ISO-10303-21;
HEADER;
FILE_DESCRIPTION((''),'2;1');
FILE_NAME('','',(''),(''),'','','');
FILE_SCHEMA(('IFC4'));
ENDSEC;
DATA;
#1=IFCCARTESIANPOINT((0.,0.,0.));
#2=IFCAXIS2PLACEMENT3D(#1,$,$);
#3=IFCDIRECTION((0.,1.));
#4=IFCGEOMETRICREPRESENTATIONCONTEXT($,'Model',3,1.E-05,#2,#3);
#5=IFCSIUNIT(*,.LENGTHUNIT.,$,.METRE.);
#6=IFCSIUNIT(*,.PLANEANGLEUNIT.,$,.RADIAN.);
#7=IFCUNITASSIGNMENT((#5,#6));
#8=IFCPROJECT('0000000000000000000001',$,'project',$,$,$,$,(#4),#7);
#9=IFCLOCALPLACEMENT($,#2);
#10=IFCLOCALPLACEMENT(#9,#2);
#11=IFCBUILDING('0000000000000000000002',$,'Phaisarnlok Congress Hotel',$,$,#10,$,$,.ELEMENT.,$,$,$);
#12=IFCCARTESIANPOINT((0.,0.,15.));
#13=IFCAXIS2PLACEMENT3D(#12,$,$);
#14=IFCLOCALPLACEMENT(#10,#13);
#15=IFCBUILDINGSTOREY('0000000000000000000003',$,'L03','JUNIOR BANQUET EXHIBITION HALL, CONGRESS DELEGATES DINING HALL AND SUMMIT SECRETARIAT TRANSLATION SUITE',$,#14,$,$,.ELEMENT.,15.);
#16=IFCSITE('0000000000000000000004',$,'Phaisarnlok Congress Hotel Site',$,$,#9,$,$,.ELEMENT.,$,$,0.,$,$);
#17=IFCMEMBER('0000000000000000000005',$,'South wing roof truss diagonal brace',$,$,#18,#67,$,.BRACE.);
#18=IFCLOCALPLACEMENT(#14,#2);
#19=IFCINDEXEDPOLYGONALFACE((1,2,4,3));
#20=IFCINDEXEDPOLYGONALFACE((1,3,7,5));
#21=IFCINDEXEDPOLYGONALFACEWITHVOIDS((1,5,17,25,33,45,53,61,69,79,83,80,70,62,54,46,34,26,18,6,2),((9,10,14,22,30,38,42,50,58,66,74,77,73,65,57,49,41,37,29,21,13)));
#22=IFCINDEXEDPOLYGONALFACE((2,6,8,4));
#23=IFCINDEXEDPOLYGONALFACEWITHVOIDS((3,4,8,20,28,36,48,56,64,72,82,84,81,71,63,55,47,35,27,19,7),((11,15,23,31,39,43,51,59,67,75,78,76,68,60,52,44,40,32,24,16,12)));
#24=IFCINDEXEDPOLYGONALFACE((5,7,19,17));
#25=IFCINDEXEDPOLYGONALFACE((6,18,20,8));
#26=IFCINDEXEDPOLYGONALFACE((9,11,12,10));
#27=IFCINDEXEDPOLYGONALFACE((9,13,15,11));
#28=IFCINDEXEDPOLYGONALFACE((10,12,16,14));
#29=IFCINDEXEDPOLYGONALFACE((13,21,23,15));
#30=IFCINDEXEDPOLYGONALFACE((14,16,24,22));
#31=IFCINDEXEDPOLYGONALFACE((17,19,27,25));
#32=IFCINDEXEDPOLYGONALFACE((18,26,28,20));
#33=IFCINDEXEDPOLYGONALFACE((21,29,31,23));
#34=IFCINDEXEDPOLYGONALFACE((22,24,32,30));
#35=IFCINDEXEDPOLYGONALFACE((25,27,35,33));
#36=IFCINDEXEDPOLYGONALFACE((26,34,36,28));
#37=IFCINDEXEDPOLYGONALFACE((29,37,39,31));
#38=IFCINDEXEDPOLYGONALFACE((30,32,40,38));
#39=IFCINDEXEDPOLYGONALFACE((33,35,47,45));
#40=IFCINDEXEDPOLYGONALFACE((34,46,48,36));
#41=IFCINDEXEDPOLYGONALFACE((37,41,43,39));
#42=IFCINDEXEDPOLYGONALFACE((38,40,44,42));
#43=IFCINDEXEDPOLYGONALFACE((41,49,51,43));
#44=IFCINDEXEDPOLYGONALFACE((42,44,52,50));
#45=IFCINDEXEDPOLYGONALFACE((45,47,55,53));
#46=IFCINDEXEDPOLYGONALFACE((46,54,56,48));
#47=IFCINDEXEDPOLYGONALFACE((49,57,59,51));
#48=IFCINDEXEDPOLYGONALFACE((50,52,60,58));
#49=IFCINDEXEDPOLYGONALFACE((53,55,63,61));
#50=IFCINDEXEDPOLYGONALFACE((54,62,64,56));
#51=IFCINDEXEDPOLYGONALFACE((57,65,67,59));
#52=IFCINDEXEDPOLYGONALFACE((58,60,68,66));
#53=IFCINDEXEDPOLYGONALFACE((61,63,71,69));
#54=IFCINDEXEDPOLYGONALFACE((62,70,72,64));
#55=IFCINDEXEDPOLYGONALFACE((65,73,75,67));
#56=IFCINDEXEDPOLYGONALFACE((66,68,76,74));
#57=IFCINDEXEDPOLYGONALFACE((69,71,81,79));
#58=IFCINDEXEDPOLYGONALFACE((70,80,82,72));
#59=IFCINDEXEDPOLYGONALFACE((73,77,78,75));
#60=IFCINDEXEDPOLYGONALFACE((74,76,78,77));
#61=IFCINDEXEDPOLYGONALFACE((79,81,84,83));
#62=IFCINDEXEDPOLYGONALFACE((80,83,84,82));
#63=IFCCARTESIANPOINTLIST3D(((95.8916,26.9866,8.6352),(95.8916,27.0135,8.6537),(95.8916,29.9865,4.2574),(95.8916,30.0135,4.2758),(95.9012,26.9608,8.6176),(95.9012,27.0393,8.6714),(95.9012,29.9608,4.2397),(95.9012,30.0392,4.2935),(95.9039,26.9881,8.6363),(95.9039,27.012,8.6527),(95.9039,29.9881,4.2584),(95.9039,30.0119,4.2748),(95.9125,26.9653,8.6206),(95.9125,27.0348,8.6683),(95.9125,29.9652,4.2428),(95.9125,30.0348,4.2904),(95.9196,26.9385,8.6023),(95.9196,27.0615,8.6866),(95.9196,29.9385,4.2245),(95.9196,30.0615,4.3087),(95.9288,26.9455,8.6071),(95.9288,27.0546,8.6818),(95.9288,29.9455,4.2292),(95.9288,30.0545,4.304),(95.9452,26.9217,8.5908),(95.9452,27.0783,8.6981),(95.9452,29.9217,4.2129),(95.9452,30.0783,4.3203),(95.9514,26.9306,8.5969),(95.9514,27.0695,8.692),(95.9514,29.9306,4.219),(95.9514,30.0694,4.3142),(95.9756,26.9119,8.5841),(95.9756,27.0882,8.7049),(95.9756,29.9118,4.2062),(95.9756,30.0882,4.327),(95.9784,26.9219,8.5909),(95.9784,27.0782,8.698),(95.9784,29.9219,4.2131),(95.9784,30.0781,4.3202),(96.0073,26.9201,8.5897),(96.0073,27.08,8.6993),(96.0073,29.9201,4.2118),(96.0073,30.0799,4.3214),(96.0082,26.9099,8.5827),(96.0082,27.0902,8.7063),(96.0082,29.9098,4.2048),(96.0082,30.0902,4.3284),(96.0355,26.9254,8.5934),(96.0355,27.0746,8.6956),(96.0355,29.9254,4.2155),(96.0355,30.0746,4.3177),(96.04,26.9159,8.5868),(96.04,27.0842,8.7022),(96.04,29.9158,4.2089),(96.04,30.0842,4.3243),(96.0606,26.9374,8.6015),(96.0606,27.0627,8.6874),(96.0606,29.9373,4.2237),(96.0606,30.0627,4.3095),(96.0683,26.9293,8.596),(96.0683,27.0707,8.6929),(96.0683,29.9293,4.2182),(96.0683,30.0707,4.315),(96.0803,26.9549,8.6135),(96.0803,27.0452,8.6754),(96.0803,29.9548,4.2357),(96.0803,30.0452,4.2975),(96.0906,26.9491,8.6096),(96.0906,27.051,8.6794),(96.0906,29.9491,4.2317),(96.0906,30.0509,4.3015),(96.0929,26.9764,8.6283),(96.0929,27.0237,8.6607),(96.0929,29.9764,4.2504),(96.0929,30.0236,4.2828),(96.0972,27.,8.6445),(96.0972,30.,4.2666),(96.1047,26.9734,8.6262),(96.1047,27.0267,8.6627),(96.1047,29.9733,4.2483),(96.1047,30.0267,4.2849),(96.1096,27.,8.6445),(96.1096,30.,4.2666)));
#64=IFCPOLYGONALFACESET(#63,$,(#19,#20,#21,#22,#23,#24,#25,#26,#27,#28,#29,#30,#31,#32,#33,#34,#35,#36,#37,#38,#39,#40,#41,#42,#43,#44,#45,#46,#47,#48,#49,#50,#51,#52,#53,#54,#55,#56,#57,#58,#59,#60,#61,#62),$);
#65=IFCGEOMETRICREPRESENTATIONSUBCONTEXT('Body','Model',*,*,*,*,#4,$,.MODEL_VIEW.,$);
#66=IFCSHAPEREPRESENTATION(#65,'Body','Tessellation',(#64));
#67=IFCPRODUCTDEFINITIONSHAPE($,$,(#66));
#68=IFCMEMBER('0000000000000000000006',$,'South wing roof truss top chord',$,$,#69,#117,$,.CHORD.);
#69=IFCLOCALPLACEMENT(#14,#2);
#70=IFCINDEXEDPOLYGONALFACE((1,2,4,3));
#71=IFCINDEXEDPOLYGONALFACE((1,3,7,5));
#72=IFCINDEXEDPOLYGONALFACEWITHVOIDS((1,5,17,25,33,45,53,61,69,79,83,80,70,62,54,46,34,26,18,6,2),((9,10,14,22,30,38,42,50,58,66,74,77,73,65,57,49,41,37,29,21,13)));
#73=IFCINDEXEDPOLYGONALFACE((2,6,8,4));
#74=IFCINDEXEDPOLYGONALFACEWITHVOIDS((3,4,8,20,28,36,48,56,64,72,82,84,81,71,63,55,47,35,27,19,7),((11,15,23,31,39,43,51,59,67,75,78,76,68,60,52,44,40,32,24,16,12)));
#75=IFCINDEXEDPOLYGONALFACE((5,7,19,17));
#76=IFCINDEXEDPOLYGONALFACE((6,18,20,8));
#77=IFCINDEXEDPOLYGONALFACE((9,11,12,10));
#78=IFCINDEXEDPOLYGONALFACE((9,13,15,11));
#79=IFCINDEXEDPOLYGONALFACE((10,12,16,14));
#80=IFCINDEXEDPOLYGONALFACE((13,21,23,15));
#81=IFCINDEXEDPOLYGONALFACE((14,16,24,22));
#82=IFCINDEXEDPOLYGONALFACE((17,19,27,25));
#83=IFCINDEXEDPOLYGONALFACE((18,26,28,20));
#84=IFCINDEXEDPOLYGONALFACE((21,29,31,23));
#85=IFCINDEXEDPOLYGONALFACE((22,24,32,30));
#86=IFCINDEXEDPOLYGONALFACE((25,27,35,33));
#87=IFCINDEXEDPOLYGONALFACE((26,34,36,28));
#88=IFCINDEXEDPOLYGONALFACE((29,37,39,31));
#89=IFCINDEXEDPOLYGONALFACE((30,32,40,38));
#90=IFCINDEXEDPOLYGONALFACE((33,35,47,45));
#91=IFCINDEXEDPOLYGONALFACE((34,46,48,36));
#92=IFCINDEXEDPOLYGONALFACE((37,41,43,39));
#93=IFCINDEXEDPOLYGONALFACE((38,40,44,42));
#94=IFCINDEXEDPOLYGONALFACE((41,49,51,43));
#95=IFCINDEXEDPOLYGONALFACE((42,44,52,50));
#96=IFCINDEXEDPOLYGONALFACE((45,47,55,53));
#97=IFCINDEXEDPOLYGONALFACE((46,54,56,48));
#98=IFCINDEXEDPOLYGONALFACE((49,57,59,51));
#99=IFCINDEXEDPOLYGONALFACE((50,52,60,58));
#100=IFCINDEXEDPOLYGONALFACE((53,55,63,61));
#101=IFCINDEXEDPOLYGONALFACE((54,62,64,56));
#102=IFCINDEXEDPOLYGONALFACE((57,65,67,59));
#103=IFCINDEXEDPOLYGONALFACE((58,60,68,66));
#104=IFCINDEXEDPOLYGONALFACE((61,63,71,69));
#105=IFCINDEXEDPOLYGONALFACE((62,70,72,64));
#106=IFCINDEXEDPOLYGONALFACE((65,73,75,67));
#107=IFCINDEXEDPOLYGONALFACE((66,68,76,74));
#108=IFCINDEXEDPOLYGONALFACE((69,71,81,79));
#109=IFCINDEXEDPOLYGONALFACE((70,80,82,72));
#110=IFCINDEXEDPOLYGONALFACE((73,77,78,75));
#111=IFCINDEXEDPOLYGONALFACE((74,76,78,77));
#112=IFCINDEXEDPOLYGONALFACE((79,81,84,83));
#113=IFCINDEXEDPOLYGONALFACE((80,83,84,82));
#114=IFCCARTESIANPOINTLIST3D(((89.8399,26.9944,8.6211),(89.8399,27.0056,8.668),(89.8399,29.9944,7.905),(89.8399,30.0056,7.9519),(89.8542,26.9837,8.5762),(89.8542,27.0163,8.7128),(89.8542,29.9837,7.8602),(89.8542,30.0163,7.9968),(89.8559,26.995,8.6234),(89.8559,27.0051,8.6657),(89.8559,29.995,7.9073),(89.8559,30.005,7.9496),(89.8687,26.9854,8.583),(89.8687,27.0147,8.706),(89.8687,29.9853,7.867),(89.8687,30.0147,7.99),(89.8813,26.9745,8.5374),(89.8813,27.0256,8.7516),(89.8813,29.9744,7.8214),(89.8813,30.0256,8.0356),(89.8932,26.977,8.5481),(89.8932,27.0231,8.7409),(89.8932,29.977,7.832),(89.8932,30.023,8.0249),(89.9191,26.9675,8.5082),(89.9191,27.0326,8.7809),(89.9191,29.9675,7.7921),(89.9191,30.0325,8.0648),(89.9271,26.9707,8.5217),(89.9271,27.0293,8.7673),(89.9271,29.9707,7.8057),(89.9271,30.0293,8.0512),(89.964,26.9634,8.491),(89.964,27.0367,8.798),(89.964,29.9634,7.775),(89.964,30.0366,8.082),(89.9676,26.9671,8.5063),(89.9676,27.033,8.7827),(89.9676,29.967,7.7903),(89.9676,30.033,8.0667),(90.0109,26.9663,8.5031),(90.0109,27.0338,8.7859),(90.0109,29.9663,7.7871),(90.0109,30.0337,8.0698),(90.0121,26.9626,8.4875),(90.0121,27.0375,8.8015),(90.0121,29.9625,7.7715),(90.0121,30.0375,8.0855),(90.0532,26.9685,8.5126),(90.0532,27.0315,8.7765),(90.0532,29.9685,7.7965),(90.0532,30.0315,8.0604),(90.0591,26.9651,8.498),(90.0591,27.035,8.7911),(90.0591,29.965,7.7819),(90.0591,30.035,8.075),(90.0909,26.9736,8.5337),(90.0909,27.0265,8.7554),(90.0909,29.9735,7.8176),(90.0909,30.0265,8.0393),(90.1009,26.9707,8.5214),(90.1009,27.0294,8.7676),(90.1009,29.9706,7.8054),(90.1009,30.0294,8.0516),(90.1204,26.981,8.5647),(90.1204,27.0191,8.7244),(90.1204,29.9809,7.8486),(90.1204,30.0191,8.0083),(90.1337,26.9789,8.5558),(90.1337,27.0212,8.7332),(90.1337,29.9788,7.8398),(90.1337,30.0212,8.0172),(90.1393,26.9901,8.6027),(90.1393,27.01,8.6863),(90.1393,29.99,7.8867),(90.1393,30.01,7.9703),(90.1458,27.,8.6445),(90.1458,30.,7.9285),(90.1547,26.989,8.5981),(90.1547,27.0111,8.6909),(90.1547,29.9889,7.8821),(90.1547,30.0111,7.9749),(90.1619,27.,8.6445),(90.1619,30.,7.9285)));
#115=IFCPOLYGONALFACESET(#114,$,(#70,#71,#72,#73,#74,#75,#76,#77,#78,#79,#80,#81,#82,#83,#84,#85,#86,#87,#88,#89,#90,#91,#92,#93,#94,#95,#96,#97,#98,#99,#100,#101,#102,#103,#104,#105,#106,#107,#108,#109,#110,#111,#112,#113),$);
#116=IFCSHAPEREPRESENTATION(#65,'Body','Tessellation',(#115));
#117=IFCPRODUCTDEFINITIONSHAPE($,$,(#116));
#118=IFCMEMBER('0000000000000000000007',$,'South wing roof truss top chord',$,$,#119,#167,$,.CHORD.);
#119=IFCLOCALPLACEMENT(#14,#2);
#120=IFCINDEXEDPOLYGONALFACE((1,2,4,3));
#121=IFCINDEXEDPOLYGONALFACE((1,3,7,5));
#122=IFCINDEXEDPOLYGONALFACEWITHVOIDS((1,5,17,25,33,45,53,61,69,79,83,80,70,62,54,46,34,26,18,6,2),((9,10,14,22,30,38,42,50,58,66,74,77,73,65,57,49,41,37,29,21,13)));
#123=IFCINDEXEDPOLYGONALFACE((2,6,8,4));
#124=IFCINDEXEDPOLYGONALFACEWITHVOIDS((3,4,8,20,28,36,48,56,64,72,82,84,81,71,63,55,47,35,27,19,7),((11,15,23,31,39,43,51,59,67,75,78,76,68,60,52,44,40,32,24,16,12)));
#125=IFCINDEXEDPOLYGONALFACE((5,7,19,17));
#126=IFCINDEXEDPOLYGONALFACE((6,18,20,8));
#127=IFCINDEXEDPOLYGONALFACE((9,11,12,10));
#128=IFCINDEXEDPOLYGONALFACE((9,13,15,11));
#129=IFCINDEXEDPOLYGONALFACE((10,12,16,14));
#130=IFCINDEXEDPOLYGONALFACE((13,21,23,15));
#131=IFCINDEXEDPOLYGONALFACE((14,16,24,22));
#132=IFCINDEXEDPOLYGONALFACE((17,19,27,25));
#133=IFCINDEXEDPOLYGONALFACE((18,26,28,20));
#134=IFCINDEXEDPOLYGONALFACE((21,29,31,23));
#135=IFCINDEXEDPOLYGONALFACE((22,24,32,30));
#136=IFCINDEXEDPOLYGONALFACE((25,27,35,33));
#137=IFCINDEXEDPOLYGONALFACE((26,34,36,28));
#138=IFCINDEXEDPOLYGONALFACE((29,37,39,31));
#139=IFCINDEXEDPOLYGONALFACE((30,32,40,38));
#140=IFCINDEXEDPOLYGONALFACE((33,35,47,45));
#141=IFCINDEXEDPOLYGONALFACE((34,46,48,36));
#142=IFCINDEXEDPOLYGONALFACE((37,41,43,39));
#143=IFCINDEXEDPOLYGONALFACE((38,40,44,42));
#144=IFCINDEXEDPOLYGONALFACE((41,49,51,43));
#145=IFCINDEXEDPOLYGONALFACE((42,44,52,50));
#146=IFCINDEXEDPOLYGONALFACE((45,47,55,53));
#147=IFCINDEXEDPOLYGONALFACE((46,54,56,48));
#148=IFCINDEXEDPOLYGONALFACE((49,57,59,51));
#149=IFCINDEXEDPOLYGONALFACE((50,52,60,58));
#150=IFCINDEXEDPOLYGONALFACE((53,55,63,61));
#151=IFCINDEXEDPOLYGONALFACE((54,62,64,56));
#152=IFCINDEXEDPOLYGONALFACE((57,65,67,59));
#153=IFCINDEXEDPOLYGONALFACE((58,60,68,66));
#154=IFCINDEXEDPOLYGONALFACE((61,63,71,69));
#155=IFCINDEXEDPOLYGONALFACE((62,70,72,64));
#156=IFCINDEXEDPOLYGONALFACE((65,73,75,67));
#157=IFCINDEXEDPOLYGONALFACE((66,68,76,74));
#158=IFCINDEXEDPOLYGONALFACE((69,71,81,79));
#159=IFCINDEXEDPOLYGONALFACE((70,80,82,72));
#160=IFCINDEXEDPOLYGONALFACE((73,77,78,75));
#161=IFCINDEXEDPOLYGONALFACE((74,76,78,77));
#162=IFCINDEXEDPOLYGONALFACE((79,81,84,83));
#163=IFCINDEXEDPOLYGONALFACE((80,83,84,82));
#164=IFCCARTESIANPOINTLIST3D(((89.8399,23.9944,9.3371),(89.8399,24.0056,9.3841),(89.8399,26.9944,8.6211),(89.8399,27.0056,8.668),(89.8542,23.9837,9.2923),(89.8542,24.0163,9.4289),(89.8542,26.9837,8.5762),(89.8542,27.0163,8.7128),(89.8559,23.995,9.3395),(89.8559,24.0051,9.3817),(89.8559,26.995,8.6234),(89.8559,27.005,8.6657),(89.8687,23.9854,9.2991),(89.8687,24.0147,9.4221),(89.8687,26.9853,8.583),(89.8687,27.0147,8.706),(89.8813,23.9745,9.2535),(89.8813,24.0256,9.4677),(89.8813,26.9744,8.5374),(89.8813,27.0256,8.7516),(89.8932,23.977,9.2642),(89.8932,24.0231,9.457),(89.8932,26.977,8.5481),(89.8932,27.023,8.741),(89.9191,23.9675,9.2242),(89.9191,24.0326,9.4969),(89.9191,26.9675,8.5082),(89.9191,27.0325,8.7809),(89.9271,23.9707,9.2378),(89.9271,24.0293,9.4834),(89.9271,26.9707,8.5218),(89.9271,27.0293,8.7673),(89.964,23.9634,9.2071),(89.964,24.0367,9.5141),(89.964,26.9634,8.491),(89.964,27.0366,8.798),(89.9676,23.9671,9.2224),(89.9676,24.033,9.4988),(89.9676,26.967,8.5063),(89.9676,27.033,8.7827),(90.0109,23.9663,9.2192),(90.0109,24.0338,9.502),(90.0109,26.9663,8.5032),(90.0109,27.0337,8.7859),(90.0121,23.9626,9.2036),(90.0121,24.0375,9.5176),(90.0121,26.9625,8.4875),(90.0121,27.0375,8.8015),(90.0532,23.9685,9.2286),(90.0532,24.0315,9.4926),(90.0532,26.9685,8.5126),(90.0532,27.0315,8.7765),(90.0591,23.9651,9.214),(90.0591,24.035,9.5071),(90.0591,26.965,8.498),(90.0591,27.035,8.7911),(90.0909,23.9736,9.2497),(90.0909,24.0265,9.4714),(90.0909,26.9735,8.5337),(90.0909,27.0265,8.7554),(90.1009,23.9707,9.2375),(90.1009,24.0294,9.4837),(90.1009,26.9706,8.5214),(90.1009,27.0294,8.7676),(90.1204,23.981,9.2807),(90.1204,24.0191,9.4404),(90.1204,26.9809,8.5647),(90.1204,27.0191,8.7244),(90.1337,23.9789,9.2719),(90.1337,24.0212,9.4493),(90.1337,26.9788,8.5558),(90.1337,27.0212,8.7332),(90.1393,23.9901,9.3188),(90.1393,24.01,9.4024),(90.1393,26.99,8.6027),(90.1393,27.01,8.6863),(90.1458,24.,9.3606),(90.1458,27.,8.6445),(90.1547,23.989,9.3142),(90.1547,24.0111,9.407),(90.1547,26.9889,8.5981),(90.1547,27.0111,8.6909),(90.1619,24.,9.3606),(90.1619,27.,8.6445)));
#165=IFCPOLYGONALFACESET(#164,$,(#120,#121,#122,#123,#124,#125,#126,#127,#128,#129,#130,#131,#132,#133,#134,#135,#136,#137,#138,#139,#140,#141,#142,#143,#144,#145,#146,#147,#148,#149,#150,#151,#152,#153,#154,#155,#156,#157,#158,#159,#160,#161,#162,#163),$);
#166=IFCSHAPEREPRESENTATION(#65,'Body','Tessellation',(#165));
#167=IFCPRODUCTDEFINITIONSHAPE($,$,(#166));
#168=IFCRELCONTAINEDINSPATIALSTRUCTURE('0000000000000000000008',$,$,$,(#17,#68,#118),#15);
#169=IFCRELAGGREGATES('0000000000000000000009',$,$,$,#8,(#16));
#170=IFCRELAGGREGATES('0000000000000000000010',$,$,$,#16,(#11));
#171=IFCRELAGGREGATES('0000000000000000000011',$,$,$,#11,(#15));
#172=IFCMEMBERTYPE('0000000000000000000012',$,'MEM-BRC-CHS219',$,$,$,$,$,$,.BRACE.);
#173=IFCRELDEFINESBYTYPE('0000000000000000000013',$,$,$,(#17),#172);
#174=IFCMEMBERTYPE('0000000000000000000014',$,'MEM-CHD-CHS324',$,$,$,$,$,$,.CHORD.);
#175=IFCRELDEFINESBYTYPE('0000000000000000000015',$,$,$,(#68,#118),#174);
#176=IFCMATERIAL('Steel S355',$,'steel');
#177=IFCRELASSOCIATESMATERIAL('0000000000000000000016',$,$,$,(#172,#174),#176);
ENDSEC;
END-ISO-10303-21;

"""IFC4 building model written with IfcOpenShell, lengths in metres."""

from ifc_helpers import new_model, si_unit, direction, frame, origin, origin_2d, place, context, subcontext, project, spatial, hollow_circle, extrude, material, material_profile, profile_set, type_object, element, save


model = new_model("IFC4")

# Units and contexts
model_context = context("Model", 3, precision=1e-05, world=origin(), true_north=direction((0.0, 1.0)))
body_context = subcontext(model_context, "Body", "Model", "MODEL_VIEW")
ifc_project = project(units=[si_unit("LENGTHUNIT", "METRE"), si_unit("PLANEANGLEUNIT", "RADIAN")], contexts=[model_context])

# Site, building, storey
site_placement = place(None, origin())
site = spatial("IfcSite", under=ifc_project, at=site_placement, Name="Phaisarnlok Congress Hotel Site", CompositionType="ELEMENT", RefElevation=0.0)
building_placement = place(site_placement, origin())
building = spatial("IfcBuilding", under=site, at=building_placement, Name="Phaisarnlok Congress Hotel", CompositionType="ELEMENT")
storey_placement = place(building_placement, frame((0.0, 0.0, 15.0)))
storey = spatial("IfcBuildingStorey", under=building, at=storey_placement, Name="L03", Description="JUNIOR BANQUET EXHIBITION HALL, CONGRESS DELEGATES DINING HALL AND SUMMIT SECRETARIAT TRANSLATION SUITE", CompositionType="ELEMENT", Elevation=15.0)

# Shared definitions
ifc_material_1 = material(Name="Steel S355", Category="steel")

# Members
ifc_material_profile_1 = material_profile(ifc_material_1, hollow_circle(Radius=0.1096, WallThickness=0.0125, at=origin_2d()), Name="CHS 219.1x12.5")
ifc_profile_set_1 = profile_set([ifc_material_profile_1], Name="Steel S355")
member_type_1 = type_object("IfcMemberType", Name="MEM-BRC-CHS219", PredefinedType="BRACE", material=ifc_profile_set_1)
member_1_placement = place(storey_placement, frame((96.0, 30.0, 4.2666), z_axis=(0.0, -0.565271, 0.824905), x_axis=(1.0, 0.0, 0.0)))
element("IfcMember", 1, at=member_1_placement, inside=storey, type_object=member_type_1, Name="South wing roof truss diagonal brace", PredefinedType="BRACE", context=body_context, shape_type="SweptSolid", body=[
    extrude(hollow_circle(Radius=0.1096, WallThickness=0.0125, at=origin_2d()), origin(), (0.0, 0.0, 1.0), 5.3071),
])
ifc_material_profile_2 = material_profile(ifc_material_1, hollow_circle(Radius=0.1619, WallThickness=0.0161, at=origin_2d()), Name="CHS 323.9x16")
ifc_profile_set_2 = profile_set([ifc_material_profile_2], Name="Steel S355")
member_type_2 = type_object("IfcMemberType", Name="MEM-CHD-CHS324", PredefinedType="CHORD", material=ifc_profile_set_2)
for number, where, z_axis, x_axis, name in (
    (2, (90.0, 30.0, 7.9285), (0.0, -0.972676, 0.232166), (1.0, 0.0, 0.0), "South wing roof truss top chord"),
    (3, (90.0, 27.0, 8.6445), (0.0, -0.972676, 0.232166), (1.0, 0.0, 0.0), "South wing roof truss top chord"),
):
    element("IfcMember", number, at=place(storey_placement, frame(where, z_axis=z_axis, x_axis=x_axis)), inside=storey, type_object=member_type_2, Name=name, PredefinedType="CHORD", context=body_context, shape_type="SweptSolid", body=[
        extrude(hollow_circle(Radius=0.1619, WallThickness=0.0161, at=origin_2d()), origin(), (0.0, 0.0, 1.0), 3.0842),
    ])

save(model, "model.ifc")
